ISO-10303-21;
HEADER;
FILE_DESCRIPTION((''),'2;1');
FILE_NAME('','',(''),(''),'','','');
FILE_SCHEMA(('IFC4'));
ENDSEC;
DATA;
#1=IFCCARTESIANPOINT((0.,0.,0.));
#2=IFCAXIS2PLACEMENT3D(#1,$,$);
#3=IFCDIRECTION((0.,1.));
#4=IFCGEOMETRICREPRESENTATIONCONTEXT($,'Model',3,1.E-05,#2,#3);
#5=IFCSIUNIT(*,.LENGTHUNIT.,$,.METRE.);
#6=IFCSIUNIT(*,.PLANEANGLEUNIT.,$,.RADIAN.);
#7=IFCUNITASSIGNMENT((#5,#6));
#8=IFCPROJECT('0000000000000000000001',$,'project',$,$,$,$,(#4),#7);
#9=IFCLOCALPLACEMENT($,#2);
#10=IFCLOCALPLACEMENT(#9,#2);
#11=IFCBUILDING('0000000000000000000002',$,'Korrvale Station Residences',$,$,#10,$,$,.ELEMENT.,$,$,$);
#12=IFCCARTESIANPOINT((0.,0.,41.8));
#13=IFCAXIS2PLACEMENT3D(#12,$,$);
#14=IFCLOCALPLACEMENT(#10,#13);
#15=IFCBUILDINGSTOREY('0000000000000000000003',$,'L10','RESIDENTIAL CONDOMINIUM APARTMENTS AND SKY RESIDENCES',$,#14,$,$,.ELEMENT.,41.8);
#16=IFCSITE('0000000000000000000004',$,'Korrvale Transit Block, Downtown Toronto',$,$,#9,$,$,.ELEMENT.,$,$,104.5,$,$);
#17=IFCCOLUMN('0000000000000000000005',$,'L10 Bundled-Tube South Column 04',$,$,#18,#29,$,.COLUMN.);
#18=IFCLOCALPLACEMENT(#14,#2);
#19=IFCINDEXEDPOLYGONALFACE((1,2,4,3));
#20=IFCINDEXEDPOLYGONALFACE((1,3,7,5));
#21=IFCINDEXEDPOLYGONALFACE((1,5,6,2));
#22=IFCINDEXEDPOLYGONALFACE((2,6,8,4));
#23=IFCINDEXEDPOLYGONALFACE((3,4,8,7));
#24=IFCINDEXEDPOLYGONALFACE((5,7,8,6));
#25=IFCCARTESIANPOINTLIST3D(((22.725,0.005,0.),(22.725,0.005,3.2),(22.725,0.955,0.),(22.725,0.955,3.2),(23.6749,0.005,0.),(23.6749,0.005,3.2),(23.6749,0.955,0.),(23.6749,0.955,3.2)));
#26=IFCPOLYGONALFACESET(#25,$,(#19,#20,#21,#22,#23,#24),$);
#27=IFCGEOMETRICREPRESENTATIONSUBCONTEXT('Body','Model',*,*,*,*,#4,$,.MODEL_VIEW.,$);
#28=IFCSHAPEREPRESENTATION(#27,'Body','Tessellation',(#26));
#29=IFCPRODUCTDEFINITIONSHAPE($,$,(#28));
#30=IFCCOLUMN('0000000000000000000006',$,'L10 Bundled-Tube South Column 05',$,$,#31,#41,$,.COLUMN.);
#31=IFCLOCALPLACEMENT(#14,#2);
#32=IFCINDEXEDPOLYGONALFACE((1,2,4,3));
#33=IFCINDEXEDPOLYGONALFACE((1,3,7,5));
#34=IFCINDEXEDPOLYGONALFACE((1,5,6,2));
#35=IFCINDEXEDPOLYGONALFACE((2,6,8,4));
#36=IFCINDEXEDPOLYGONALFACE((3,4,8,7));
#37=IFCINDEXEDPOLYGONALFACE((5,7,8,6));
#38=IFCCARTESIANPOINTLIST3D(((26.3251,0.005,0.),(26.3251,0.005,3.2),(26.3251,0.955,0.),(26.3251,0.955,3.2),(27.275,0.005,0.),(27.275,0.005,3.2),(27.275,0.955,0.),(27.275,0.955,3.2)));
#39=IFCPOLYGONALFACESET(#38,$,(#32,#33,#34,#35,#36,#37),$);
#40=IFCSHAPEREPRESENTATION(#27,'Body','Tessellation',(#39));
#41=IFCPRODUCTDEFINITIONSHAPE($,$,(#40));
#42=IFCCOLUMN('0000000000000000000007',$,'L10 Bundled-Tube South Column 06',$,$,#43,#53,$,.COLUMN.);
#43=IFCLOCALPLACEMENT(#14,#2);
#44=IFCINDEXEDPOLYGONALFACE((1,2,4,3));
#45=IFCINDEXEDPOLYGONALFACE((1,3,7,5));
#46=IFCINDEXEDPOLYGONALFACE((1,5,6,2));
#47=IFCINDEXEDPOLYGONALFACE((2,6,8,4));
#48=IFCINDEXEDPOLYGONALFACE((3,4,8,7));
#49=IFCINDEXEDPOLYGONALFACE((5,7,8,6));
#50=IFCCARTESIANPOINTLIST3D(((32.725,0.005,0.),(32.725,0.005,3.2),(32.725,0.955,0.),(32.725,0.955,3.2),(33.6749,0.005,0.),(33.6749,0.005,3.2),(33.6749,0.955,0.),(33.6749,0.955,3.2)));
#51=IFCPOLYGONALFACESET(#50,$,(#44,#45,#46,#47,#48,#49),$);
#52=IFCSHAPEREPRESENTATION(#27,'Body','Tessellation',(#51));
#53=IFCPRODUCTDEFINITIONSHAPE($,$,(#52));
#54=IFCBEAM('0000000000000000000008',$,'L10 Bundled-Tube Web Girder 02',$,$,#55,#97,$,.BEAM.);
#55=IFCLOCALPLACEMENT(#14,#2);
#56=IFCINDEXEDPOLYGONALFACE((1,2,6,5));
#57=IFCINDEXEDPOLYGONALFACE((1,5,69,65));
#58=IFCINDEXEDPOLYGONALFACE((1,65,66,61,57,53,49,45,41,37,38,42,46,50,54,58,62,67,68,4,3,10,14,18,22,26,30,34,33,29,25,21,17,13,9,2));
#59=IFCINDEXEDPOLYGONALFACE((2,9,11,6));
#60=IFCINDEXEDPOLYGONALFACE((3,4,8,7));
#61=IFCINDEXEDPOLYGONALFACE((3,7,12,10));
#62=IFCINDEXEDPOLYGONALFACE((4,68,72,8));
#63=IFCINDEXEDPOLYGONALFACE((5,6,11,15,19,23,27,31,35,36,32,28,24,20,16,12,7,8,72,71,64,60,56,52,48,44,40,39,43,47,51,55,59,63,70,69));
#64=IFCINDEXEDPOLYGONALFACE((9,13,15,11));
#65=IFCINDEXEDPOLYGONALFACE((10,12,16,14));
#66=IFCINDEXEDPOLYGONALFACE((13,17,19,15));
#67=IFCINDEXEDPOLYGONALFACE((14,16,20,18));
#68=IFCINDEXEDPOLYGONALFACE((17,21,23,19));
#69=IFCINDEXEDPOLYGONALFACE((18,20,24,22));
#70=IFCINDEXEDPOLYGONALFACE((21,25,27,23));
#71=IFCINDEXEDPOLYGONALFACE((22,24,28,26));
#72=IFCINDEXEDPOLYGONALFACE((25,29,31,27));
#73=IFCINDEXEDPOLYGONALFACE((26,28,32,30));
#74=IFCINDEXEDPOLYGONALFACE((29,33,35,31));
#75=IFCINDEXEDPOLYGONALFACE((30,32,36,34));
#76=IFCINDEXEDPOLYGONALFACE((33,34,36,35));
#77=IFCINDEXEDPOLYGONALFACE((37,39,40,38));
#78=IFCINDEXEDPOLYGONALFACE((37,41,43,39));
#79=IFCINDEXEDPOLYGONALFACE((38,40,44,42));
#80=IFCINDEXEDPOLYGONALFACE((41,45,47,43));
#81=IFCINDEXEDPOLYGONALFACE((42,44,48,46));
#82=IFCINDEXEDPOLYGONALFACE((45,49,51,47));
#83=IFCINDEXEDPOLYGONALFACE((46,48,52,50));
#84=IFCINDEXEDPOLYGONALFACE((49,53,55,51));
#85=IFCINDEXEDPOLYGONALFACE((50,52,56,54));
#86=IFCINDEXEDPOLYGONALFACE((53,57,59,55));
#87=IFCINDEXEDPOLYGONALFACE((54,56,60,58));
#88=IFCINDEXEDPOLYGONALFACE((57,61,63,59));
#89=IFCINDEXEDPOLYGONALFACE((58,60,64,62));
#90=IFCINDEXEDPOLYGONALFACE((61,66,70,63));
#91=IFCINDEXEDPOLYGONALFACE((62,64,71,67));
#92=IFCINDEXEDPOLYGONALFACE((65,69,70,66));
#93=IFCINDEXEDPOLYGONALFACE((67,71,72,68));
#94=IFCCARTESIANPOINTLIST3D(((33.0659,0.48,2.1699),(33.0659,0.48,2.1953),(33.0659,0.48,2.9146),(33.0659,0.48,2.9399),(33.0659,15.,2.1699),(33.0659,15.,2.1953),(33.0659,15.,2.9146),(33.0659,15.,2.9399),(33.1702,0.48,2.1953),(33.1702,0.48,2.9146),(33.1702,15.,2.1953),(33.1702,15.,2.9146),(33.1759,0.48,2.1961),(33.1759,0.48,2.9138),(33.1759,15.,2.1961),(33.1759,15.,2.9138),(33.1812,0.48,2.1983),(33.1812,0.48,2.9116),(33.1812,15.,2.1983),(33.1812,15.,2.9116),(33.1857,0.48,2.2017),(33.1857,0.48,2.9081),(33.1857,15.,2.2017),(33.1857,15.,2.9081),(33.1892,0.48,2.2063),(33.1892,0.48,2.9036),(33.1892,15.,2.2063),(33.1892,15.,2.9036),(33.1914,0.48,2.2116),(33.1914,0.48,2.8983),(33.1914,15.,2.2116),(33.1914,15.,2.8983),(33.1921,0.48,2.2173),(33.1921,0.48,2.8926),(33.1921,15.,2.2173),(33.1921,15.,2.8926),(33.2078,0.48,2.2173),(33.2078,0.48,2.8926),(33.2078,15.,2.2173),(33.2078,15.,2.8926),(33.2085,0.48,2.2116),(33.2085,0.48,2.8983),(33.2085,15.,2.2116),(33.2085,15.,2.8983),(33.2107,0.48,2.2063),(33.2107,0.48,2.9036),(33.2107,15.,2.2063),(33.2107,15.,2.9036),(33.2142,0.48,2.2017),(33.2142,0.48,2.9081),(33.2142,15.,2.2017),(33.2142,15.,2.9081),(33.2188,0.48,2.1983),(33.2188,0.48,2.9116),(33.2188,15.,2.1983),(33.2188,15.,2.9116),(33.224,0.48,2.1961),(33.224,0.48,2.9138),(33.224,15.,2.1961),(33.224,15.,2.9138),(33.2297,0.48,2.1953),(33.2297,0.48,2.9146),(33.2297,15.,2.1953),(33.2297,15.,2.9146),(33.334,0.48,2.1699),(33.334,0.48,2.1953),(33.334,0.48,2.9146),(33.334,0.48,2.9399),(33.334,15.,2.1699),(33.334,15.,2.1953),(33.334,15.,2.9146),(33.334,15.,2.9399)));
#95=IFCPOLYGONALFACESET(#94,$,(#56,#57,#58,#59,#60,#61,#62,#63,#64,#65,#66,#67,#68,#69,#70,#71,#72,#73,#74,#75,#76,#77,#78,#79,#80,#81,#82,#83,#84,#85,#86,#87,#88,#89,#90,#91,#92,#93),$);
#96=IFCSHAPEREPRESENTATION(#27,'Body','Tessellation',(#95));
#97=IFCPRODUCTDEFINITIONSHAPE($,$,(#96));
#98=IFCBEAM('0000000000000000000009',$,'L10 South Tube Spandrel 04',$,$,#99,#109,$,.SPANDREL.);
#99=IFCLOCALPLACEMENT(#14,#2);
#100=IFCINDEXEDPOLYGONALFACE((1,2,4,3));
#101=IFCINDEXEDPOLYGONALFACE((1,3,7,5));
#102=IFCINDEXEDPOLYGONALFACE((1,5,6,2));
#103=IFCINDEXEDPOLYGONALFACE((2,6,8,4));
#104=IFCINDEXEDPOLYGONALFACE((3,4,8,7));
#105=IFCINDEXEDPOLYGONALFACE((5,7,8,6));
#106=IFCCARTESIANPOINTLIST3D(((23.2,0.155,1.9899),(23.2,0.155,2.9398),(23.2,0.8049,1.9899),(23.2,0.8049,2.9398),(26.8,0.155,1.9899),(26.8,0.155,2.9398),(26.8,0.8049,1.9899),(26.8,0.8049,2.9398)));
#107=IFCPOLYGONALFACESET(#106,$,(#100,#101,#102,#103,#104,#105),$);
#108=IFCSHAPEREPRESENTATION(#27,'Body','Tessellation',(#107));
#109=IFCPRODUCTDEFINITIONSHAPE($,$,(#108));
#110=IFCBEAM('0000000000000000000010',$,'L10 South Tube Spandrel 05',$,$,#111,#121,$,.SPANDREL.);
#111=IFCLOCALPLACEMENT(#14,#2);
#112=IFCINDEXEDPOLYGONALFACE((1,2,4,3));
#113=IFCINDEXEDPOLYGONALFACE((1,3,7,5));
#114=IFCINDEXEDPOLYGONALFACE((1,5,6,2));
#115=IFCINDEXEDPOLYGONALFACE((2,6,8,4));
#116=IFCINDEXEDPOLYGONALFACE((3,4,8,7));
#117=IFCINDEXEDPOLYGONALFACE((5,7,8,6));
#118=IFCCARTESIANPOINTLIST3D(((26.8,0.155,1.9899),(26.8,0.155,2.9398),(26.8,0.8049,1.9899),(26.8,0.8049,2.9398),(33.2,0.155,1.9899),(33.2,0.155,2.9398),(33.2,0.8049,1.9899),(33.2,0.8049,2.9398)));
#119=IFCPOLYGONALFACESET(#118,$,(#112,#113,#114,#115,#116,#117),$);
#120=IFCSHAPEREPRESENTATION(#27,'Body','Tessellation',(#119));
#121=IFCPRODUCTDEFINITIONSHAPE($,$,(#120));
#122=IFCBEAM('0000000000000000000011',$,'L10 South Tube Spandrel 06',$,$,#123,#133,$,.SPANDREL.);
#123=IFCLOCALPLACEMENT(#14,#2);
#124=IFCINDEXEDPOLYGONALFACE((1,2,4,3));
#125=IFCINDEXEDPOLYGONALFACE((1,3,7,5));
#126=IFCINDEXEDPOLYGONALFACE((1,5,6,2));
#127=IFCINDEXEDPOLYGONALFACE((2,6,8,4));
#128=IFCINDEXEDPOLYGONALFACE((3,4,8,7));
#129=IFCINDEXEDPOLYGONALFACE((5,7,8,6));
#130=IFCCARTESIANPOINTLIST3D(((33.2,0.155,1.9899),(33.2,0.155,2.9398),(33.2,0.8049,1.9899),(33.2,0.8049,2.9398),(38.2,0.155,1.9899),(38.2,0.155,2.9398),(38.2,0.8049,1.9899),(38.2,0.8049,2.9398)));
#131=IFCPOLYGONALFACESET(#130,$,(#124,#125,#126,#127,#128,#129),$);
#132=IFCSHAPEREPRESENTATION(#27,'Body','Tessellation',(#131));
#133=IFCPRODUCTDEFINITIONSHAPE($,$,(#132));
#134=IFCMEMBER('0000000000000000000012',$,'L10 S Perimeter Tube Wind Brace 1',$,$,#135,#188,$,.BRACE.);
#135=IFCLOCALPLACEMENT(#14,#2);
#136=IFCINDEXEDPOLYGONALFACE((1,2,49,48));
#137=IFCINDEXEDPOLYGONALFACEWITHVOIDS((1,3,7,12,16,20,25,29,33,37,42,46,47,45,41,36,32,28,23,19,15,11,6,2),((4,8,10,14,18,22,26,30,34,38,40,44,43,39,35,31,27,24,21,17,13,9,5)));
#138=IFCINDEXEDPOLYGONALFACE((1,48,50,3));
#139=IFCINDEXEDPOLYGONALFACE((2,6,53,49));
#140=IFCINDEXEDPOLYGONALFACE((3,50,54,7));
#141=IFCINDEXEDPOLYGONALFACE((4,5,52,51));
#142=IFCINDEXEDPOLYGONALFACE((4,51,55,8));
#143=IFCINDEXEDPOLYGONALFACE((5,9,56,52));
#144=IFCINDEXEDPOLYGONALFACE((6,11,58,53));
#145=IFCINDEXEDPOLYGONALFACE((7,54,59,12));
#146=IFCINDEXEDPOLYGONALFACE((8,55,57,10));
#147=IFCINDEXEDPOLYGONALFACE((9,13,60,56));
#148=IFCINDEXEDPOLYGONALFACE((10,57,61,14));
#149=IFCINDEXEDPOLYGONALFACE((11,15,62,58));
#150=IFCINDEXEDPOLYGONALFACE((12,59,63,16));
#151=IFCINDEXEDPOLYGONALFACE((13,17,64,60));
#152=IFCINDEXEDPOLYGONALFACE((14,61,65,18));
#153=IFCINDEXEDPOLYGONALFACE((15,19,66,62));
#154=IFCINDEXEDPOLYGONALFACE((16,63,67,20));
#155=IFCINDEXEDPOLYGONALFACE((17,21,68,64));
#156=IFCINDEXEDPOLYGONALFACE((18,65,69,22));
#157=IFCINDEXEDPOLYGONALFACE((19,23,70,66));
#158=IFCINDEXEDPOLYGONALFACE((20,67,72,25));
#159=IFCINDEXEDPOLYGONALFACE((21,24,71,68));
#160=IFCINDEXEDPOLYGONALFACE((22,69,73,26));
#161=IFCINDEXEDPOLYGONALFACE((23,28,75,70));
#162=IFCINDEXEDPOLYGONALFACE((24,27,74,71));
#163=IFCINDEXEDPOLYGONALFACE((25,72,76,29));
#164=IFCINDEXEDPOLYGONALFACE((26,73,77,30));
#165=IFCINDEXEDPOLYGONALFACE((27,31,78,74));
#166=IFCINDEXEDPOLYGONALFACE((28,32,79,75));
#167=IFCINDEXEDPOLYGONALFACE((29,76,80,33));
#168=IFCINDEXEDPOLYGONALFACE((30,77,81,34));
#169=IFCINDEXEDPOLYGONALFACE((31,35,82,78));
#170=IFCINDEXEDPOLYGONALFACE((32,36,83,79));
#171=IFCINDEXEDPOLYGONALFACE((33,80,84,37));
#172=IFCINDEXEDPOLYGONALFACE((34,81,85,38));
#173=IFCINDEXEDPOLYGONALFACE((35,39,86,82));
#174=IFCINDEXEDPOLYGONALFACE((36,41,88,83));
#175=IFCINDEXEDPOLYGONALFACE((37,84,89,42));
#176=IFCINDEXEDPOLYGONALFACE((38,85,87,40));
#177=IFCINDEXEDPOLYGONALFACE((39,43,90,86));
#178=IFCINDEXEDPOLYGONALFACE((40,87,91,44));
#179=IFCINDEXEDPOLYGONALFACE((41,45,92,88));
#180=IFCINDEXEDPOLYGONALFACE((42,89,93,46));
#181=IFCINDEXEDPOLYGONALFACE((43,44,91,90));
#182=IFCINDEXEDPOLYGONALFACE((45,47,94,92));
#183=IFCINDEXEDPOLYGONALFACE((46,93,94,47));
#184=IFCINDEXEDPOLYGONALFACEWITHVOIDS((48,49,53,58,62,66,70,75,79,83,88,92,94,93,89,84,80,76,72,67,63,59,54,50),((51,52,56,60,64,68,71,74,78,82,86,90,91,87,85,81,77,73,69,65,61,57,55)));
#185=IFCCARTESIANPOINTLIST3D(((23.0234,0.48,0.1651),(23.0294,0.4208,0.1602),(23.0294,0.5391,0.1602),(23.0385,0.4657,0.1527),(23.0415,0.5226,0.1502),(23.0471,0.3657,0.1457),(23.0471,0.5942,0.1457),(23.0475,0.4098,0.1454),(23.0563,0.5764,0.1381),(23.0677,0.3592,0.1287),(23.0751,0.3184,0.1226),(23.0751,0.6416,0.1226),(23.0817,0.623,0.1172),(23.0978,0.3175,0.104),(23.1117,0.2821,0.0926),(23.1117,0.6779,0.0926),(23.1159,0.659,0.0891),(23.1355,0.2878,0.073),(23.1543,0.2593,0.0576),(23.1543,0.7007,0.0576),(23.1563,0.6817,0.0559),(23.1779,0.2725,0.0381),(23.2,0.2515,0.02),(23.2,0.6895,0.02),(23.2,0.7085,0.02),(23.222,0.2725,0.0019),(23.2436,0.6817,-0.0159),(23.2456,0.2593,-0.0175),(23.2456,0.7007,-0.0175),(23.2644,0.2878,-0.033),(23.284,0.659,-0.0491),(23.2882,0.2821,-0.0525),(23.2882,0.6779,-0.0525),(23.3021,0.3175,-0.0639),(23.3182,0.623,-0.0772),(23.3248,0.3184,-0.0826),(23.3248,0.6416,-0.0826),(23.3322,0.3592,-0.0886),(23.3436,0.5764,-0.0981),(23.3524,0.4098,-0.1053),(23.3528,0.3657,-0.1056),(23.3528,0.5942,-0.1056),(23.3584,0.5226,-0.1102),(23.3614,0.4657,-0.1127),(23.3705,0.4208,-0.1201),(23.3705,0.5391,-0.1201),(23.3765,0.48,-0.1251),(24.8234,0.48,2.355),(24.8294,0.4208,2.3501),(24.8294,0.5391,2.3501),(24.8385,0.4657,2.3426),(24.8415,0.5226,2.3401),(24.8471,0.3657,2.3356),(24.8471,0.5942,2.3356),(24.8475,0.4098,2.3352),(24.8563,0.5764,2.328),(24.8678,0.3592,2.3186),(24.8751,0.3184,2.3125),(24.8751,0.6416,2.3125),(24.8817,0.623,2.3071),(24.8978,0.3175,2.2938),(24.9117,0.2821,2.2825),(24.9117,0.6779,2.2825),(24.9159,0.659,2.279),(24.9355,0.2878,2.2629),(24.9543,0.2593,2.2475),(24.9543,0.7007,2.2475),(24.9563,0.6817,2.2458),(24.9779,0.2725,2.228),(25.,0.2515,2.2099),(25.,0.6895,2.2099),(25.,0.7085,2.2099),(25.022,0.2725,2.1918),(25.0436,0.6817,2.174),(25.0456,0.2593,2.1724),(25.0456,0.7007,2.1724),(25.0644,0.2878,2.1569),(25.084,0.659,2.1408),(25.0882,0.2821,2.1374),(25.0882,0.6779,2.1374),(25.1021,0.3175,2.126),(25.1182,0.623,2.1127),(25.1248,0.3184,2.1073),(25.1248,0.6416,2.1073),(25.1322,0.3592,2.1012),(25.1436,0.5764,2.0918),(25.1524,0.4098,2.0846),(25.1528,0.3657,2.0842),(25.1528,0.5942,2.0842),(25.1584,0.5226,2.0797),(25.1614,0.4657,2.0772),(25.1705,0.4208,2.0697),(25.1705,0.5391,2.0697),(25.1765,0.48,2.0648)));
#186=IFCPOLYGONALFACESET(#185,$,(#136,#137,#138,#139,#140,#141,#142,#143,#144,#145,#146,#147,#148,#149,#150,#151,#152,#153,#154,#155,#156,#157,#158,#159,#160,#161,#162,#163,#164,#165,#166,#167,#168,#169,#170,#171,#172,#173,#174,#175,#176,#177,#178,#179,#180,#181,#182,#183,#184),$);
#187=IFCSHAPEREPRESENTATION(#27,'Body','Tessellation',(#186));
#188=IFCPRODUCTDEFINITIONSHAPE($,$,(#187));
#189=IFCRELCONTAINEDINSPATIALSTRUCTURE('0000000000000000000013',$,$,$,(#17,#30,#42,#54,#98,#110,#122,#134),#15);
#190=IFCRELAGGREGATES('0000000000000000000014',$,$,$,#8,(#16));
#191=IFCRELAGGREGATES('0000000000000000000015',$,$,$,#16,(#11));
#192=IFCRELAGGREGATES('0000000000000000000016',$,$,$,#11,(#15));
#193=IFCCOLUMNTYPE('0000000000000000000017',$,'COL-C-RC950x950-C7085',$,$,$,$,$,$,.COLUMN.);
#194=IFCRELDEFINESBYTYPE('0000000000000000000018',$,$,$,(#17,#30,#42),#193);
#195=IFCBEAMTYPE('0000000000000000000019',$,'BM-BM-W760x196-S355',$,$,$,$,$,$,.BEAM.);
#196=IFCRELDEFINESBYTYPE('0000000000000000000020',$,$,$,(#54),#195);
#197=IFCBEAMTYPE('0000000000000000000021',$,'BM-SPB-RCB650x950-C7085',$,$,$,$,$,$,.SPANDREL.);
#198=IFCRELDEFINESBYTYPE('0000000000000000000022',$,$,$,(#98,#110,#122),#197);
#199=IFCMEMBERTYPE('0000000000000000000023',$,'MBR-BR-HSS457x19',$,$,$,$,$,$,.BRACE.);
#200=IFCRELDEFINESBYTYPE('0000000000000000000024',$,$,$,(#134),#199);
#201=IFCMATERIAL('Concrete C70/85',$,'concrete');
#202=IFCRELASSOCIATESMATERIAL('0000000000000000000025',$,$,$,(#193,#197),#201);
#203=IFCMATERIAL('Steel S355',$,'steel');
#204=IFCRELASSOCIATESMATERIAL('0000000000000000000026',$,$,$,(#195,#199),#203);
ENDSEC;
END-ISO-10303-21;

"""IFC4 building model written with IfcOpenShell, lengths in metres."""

from ifc_helpers import new_model, si_unit, direction, frame, origin, origin_2d, place, context, subcontext, project, spatial, rectangle, hollow_circle, i_section, extrude, material, material_profile, profile_set, type_object, element, save


model = new_model("IFC4")

# Units and contexts
model_context = context("Model", 3, precision=1e-05, world=origin(), true_north=direction((0.0, 1.0)))
body_context = subcontext(model_context, "Body", "Model", "MODEL_VIEW")
ifc_project = project(units=[si_unit("LENGTHUNIT", "METRE"), si_unit("PLANEANGLEUNIT", "RADIAN")], contexts=[model_context])

# Site, building, storey
site_placement = place(None, origin())
site = spatial("IfcSite", under=ifc_project, at=site_placement, Name="Korrvale Transit Block, Downtown Toronto", CompositionType="ELEMENT", RefElevation=104.5)
building_placement = place(site_placement, origin())
building = spatial("IfcBuilding", under=site, at=building_placement, Name="Korrvale Station Residences", CompositionType="ELEMENT")
storey_placement = place(building_placement, frame((0.0, 0.0, 41.8)))
storey = spatial("IfcBuildingStorey", under=building, at=storey_placement, Name="L10", Description="RESIDENTIAL CONDOMINIUM APARTMENTS AND SKY RESIDENCES", CompositionType="ELEMENT", Elevation=41.8)

# Columns
ifc_material_1 = material(Name="Concrete C70/85", Category="concrete")
ifc_material_profile_1 = material_profile(ifc_material_1, rectangle(XDim=0.95, YDim=0.95, at=origin_2d()), Name="RC950x950")
ifc_profile_set_1 = profile_set([ifc_material_profile_1], Name="Concrete C70/85")
column_type = type_object("IfcColumnType", Name="COL-C-RC950x950-C7085", PredefinedType="COLUMN", material=ifc_profile_set_1)
for number, where, z_axis, x_axis, name in (
    (1, (23.2, 0.48, 0.0), (0.0, 0.0, 1.0), (1.0, 0.0, 0.0), "L10 Bundled-Tube South Column 04"),
    (2, (26.8, 0.48, 0.0), (0.0, 0.0, 1.0), (1.0, 0.0, 0.0), "L10 Bundled-Tube South Column 05"),
    (3, (33.2, 0.48, 0.0), (0.0, 0.0, 1.0), (1.0, 0.0, 0.0), "L10 Bundled-Tube South Column 06"),
):
    element("IfcColumn", number, at=place(storey_placement, frame(where, z_axis=z_axis, x_axis=x_axis)), inside=storey, type_object=column_type, Name=name, PredefinedType="COLUMN", context=body_context, shape_type="SweptSolid", body=[
        extrude(rectangle(XDim=0.95, YDim=0.95, at=origin_2d()), origin(), (0.0, 0.0, 1.0), 3.2),
    ])

# Beams
ifc_material_2 = material(Name="Steel S355", Category="steel")
ifc_material_profile_2 = material_profile(ifc_material_2, i_section(OverallWidth=0.2681, OverallDepth=0.77, WebThickness=0.0156, FlangeThickness=0.0254, FilletRadius=0.022, at=origin_2d()), Name="W760x196")
ifc_profile_set_2 = profile_set([ifc_material_profile_2], Name="Steel S355")
beam_type_1 = type_object("IfcBeamType", Name="BM-BM-W760x196-S355", PredefinedType="BEAM", material=ifc_profile_set_2)
beam_1_placement = place(storey_placement, frame((33.2, 0.48, 2.5549), z_axis=(0.0, 1.0, 0.0), x_axis=(-1.0, 0.0, 0.0)))
element("IfcBeam", 4, at=beam_1_placement, inside=storey, type_object=beam_type_1, Name="L10 Bundled-Tube Web Girder 02", PredefinedType="BEAM", context=body_context, shape_type="SweptSolid", body=[
    extrude(i_section(OverallWidth=0.2681, OverallDepth=0.77, WebThickness=0.0156, FlangeThickness=0.0254, FilletRadius=0.022, at=origin_2d()), origin(), (0.0, 0.0, 1.0), 14.52),
])
ifc_material_profile_3 = material_profile(ifc_material_1, rectangle(XDim=0.6499, YDim=0.95, at=origin_2d()), Name="RCB650x950")
ifc_profile_set_3 = profile_set([ifc_material_profile_3], Name="Concrete C70/85")
beam_type_2 = type_object("IfcBeamType", Name="BM-SPB-RCB650x950-C7085", PredefinedType="SPANDREL", material=ifc_profile_set_3)
beam_2_placement = place(storey_placement, frame((23.2, 0.48, 2.4648), z_axis=(1.0, 0.0, 0.0), x_axis=(0.0, 1.0, 0.0)))
element("IfcBeam", 5, at=beam_2_placement, inside=storey, type_object=beam_type_2, Name="L10 South Tube Spandrel 04", PredefinedType="SPANDREL", context=body_context, shape_type="SweptSolid", body=[
    extrude(rectangle(XDim=0.6499, YDim=0.95, at=origin_2d()), origin(), (0.0, 0.0, 1.0), 3.6001),
])
beam_3_placement = place(storey_placement, frame((26.8, 0.48, 2.4648), z_axis=(1.0, 0.0, 0.0), x_axis=(0.0, 1.0, 0.0)))
element("IfcBeam", 6, at=beam_3_placement, inside=storey, type_object=beam_type_2, Name="L10 South Tube Spandrel 05", PredefinedType="SPANDREL", context=body_context, shape_type="SweptSolid", body=[
    extrude(rectangle(XDim=0.6499, YDim=0.95, at=origin_2d()), origin(), (0.0, 0.0, 1.0), 6.3999),
])
beam_4_placement = place(storey_placement, frame((33.2, 0.48, 2.4648), z_axis=(1.0, 0.0, 0.0), x_axis=(0.0, 1.0, 0.0)))
element("IfcBeam", 7, at=beam_4_placement, inside=storey, type_object=beam_type_2, Name="L10 South Tube Spandrel 06", PredefinedType="SPANDREL", context=body_context, shape_type="SweptSolid", body=[
    extrude(rectangle(XDim=0.6499, YDim=0.95, at=origin_2d()), origin(), (0.0, 0.0, 1.0), 5.0),
])

# Member
ifc_material_profile_4 = material_profile(ifc_material_2, hollow_circle(Radius=0.2285, WallThickness=0.019, at=origin_2d()), Name="HSS457x19")
ifc_profile_set_4 = profile_set([ifc_material_profile_4], Name="Steel S355")
member_type = type_object("IfcMemberType", Name="MBR-BR-HSS457x19", PredefinedType="BRACE", material=ifc_profile_set_4)
for number, where, z_axis, x_axis, name in (
    (8, (23.2, 0.48, 0.02), (0.634985, 0.0, 0.772524), (0.0, 1.0, 0.0), "L10 S Perimeter Tube Wind Brace 1"),
):
    element("IfcMember", number, at=place(storey_placement, frame(where, z_axis=z_axis, x_axis=x_axis)), inside=storey, type_object=member_type, Name=name, PredefinedType="BRACE", context=body_context, shape_type="SweptSolid", body=[
        extrude(hollow_circle(Radius=0.2285, WallThickness=0.019, at=origin_2d()), origin(), (0.0, 0.0, 1.0), 2.8347),
    ])

save(model, "model.ifc")
